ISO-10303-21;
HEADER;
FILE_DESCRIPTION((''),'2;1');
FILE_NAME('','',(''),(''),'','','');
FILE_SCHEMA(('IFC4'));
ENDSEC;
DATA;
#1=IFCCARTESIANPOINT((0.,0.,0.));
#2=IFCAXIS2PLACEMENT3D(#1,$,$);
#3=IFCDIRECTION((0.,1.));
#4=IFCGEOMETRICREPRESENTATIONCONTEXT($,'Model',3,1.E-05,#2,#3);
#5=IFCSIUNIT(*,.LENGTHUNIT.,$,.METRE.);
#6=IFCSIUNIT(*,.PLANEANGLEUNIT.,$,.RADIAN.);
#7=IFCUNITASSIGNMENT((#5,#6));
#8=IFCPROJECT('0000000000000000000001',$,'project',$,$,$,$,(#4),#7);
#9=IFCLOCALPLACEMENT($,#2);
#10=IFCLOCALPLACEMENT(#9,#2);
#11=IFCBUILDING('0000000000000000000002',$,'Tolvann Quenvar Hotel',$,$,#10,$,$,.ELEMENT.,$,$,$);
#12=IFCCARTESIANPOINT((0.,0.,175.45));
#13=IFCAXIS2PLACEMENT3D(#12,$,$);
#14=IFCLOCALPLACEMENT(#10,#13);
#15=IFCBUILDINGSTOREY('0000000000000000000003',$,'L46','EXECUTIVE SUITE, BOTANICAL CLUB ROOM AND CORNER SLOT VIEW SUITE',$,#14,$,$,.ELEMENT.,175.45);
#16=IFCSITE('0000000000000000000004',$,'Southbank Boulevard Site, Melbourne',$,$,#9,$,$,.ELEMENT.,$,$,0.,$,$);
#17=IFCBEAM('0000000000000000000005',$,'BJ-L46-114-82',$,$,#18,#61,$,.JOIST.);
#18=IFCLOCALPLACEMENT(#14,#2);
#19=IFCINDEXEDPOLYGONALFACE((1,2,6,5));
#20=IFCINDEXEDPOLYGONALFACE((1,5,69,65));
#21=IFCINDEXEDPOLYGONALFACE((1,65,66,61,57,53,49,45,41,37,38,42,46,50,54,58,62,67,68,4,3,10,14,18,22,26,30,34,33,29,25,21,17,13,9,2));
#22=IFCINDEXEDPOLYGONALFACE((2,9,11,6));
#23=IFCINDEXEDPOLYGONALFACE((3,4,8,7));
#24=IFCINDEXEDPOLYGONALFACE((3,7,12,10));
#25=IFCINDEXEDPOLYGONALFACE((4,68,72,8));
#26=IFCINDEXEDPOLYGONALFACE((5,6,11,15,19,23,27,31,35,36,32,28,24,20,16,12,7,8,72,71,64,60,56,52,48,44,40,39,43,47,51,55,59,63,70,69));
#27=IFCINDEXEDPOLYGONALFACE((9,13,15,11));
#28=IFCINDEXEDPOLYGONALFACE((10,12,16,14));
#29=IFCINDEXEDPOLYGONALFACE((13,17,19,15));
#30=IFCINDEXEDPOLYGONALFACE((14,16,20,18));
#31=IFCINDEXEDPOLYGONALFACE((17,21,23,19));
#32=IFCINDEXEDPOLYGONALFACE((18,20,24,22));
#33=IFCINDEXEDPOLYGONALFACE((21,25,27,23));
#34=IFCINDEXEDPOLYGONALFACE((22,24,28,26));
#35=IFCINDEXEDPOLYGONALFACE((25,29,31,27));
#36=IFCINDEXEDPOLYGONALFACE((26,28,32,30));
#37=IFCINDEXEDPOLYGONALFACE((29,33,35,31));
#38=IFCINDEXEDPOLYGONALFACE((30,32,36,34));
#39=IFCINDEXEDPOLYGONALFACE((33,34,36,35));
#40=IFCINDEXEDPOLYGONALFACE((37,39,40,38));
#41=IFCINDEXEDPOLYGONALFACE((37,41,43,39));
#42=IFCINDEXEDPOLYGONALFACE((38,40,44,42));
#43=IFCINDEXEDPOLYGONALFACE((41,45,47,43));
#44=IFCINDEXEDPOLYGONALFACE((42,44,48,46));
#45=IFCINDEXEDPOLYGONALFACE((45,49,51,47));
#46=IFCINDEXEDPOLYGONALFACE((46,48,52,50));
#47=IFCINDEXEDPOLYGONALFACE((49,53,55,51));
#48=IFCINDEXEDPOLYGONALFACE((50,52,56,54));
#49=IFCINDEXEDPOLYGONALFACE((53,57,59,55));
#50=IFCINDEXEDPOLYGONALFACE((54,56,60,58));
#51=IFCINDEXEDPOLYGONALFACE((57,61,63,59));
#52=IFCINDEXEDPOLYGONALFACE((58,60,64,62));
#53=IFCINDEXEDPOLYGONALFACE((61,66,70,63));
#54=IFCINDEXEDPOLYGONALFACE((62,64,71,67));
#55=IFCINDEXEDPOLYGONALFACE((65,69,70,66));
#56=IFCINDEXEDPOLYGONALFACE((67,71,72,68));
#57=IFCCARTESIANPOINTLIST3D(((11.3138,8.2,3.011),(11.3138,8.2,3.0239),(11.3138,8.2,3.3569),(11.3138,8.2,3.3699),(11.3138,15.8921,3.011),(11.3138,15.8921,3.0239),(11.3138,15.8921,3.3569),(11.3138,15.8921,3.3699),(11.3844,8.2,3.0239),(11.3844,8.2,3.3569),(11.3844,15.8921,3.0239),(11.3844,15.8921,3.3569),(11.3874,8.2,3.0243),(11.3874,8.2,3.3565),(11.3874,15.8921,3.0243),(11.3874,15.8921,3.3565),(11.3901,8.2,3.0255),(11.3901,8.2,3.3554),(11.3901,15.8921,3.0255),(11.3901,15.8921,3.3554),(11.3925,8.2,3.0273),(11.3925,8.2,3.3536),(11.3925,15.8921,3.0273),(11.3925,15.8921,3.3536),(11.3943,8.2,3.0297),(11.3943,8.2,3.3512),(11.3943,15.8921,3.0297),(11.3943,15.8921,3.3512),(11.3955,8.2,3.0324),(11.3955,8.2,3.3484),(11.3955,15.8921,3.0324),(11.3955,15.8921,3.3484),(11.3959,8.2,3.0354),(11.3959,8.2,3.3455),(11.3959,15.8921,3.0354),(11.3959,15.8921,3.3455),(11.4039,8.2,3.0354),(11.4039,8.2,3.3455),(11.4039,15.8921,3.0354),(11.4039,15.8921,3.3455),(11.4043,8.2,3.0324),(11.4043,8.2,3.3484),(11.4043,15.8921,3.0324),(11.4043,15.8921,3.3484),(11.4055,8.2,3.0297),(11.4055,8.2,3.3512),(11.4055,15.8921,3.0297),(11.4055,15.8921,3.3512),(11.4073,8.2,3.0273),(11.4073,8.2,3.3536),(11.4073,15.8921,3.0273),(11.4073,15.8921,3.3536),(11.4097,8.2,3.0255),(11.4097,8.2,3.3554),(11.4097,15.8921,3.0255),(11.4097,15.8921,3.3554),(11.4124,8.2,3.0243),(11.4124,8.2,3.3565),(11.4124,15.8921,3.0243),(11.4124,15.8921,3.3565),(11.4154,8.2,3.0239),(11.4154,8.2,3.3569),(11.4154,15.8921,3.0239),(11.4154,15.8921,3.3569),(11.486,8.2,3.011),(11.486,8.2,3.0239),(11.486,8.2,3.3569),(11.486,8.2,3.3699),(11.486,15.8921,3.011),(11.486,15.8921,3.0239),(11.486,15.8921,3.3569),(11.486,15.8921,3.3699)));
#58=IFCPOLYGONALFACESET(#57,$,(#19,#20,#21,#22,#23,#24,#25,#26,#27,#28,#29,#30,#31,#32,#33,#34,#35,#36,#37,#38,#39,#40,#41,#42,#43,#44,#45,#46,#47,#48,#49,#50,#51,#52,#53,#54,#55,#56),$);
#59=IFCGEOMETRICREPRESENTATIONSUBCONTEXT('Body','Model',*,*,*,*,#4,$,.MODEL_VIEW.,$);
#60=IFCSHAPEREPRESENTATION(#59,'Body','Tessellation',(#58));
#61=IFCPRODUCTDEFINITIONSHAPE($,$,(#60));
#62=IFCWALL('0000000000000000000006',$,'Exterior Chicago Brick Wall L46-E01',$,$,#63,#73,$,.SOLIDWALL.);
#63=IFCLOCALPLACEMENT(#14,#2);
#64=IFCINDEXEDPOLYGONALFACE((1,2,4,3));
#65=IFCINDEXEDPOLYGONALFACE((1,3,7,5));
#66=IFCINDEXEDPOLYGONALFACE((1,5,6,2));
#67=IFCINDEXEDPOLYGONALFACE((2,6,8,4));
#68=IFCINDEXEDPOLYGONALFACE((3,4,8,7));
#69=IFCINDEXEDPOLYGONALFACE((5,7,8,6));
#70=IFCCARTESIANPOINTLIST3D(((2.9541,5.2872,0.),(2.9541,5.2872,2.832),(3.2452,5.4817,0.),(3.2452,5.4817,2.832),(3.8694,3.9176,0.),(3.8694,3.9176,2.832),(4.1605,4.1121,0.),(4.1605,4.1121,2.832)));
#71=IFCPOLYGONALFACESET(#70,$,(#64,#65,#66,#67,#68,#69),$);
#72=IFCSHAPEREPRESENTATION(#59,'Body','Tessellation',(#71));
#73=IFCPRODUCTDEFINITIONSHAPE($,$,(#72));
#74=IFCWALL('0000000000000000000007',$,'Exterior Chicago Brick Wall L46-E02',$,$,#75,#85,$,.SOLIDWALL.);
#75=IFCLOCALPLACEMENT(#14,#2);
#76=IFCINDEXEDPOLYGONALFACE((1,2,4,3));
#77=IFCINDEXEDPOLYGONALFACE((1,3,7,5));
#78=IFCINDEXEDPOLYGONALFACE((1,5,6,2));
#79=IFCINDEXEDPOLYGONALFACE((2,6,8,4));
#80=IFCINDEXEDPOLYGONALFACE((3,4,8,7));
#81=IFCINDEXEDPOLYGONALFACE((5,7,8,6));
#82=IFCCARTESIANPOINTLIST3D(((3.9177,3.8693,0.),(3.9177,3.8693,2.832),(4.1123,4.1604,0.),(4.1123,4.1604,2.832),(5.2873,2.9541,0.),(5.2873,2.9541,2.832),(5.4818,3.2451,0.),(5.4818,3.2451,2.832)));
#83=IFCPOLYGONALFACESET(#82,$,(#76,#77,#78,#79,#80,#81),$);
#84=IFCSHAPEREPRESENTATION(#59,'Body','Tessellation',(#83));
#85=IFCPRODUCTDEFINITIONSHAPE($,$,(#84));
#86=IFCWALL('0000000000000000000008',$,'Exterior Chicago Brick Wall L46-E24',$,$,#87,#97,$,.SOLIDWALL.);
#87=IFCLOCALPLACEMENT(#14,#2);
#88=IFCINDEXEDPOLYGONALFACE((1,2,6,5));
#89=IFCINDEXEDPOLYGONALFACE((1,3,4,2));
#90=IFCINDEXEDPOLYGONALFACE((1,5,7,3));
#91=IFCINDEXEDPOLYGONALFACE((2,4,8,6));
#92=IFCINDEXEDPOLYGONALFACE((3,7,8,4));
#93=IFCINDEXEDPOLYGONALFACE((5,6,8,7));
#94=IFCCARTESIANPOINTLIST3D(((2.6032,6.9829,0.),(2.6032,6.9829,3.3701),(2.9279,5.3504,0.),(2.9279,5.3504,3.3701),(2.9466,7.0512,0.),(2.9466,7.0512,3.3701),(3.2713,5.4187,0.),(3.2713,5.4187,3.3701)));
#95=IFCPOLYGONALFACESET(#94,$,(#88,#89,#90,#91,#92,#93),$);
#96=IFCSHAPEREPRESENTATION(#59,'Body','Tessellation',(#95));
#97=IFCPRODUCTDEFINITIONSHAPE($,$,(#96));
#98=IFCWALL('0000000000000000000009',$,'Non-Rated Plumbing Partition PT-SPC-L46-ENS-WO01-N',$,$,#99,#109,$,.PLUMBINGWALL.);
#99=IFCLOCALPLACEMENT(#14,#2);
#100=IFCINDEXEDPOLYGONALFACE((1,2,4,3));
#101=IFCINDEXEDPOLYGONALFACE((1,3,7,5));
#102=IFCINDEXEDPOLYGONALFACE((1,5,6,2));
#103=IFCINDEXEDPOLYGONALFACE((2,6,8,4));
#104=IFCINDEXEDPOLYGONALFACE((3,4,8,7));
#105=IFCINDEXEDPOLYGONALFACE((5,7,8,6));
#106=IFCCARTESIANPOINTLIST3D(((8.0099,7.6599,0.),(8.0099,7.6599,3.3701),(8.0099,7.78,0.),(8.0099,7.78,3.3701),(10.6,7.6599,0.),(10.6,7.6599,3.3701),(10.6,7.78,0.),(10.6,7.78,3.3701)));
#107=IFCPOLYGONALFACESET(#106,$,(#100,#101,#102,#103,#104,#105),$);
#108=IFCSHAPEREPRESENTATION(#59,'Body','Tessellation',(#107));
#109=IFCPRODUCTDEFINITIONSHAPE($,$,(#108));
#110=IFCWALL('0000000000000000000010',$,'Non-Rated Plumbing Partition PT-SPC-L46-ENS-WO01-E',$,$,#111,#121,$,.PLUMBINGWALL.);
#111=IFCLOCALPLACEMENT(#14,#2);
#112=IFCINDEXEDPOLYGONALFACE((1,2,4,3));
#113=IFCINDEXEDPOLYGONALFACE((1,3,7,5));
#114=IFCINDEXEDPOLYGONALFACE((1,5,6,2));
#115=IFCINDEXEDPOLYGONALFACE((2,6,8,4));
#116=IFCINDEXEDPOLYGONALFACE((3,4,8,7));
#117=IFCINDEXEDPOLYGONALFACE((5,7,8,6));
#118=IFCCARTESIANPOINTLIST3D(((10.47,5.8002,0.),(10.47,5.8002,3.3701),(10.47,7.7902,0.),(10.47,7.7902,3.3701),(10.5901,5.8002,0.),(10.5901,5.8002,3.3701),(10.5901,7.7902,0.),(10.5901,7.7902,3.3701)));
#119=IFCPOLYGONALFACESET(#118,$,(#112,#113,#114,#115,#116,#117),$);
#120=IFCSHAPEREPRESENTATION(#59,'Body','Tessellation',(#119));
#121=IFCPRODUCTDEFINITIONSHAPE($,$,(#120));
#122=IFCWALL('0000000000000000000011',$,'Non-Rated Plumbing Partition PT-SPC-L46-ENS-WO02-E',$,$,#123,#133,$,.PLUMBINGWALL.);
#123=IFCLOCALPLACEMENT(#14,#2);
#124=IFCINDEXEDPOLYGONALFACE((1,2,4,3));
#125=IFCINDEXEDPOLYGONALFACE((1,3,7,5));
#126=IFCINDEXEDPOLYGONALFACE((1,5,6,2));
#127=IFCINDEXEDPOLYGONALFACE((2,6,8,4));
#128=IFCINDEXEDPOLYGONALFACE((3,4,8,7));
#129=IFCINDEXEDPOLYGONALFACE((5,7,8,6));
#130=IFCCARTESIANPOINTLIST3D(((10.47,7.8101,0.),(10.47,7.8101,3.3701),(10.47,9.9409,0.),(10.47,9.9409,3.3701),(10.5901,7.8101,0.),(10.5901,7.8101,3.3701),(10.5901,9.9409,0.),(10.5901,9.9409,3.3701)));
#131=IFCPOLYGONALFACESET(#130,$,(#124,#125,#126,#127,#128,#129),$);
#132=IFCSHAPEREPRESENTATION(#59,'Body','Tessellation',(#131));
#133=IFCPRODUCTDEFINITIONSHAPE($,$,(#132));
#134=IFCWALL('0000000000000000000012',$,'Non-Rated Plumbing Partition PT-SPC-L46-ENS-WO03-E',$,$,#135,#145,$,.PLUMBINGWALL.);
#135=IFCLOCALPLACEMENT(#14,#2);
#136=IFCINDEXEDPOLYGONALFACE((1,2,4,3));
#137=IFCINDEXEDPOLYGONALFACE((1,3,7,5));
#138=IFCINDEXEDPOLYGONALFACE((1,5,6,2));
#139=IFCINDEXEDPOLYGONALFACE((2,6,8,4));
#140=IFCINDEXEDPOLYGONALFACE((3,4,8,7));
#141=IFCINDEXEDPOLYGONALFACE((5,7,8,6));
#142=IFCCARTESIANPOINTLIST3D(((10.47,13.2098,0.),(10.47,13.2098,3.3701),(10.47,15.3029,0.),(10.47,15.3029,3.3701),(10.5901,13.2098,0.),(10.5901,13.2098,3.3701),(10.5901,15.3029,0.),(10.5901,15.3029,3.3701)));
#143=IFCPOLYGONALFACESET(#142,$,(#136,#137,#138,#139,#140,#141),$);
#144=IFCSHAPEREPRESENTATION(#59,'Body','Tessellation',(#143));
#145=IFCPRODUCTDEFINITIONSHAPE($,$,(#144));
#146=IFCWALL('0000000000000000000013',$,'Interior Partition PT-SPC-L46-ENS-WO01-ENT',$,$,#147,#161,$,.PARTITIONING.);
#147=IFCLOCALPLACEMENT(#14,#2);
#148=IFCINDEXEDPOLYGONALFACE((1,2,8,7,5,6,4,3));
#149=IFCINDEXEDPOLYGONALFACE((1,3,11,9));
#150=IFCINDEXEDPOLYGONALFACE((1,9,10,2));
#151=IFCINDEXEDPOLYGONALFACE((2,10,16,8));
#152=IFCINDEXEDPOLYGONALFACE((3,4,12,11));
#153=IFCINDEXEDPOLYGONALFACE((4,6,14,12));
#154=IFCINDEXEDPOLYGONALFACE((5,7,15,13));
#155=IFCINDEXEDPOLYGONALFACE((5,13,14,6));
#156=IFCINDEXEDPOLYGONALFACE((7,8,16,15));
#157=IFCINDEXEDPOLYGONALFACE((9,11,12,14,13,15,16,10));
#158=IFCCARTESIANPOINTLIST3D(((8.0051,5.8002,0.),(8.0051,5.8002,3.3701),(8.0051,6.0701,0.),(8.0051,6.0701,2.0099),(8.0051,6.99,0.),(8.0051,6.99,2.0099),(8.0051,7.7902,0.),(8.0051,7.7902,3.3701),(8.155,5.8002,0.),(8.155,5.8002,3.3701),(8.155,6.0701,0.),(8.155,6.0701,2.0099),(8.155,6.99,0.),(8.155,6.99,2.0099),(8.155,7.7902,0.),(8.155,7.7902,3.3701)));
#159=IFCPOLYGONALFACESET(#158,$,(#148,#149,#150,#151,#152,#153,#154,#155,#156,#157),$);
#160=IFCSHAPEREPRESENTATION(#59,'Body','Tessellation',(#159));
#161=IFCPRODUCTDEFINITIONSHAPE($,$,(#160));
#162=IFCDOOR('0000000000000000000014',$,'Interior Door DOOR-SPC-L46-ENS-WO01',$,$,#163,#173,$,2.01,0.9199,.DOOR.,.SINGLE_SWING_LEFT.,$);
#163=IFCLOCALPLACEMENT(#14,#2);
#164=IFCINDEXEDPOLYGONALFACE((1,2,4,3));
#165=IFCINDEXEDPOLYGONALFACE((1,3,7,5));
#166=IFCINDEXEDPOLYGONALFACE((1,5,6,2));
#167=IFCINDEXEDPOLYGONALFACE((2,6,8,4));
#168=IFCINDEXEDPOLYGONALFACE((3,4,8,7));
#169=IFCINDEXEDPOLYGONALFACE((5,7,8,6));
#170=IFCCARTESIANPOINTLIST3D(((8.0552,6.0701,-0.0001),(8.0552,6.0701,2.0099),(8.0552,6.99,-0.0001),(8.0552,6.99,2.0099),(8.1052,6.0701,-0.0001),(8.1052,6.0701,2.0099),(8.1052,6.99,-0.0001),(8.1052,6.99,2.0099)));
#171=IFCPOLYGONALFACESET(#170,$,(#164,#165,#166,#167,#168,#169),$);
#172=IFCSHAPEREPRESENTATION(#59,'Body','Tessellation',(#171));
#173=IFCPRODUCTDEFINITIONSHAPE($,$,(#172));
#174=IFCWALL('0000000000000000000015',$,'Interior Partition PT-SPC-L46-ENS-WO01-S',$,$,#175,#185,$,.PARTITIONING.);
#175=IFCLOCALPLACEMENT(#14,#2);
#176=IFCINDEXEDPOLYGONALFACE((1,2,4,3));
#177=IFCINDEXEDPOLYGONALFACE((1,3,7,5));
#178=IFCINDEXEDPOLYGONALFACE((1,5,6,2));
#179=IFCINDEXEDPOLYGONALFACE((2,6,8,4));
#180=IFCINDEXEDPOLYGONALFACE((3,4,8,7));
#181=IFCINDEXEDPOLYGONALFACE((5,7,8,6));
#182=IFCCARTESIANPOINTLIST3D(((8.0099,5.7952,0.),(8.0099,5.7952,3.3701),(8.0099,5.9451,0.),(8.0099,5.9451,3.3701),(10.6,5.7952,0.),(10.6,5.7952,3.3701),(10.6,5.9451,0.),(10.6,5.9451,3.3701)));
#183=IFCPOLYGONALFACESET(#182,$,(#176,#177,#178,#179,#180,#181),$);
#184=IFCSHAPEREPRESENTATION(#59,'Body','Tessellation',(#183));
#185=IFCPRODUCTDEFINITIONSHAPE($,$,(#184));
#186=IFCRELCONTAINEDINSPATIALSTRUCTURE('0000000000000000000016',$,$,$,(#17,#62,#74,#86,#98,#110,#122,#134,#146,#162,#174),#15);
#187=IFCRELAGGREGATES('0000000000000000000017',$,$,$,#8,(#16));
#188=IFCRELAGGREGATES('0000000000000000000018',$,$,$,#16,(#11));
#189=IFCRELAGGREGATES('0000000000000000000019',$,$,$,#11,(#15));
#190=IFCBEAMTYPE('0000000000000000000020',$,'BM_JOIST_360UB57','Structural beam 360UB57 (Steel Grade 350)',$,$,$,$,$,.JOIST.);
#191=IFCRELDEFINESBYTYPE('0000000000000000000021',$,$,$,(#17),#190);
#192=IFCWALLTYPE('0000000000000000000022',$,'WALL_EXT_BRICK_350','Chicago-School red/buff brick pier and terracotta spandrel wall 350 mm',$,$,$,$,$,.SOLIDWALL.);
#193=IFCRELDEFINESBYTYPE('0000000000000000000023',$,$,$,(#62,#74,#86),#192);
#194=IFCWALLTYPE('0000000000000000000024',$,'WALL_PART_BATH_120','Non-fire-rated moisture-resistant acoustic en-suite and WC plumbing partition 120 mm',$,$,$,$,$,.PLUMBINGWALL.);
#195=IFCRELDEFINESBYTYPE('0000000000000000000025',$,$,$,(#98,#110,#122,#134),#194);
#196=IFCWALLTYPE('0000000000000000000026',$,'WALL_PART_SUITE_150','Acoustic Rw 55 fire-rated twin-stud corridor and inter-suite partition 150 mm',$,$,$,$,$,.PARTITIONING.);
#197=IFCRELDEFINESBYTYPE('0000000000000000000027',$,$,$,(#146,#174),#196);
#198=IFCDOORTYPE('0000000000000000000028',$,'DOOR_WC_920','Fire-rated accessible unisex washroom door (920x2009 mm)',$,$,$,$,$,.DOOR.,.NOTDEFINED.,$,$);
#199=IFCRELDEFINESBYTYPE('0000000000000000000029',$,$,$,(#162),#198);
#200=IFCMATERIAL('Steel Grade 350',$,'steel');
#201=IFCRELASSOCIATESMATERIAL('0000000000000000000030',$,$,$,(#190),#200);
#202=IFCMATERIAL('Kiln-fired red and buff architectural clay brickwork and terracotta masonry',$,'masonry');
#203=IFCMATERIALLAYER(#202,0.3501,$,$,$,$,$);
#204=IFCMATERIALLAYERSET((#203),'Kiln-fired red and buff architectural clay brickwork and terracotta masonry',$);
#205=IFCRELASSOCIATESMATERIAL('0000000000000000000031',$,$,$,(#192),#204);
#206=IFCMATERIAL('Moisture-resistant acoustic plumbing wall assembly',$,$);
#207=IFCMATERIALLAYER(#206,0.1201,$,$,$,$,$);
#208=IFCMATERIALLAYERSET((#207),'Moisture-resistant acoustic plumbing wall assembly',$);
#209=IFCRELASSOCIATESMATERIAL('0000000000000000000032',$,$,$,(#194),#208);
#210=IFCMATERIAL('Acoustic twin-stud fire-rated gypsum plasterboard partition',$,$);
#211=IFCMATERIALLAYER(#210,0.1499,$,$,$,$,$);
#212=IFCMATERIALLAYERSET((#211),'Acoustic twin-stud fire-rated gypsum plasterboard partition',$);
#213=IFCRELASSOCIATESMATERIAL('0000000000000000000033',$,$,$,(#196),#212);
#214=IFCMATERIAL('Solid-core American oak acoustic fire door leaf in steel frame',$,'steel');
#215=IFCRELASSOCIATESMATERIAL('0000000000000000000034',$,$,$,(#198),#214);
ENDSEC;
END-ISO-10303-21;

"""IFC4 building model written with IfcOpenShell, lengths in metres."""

from ifc_helpers import new_model, si_unit, direction, frame, frame_2d, origin, origin_2d, place, context, subcontext, project, spatial, rectangle, i_section, extrude, source, transform, mapped, material, layer, layer_set, material_profile, profile_set, type_object, type_shapes, element, fill, save


model = new_model("IFC4")

# Units and contexts
model_context = context("Model", 3, precision=1e-05, world=origin(), true_north=direction((0.0, 1.0)))
body_context = subcontext(model_context, "Body", "Model", "MODEL_VIEW")
ifc_project = project(units=[si_unit("LENGTHUNIT", "METRE"), si_unit("PLANEANGLEUNIT", "RADIAN")], contexts=[model_context])

# Site, building, storey
site_placement = place(None, origin())
site = spatial("IfcSite", under=ifc_project, at=site_placement, Name="Southbank Boulevard Site, Melbourne", CompositionType="ELEMENT", RefElevation=0.0)
building_placement = place(site_placement, origin())
building = spatial("IfcBuilding", under=site, at=building_placement, Name="Tolvann Quenvar Hotel", CompositionType="ELEMENT")
storey_placement = place(building_placement, frame((0.0, 0.0, 175.45)))
storey = spatial("IfcBuildingStorey", under=building, at=storey_placement, Name="L46", Description="EXECUTIVE SUITE, BOTANICAL CLUB ROOM AND CORNER SLOT VIEW SUITE", CompositionType="ELEMENT", Elevation=175.45)

# Shared definitions
ifc_material_1 = material(Name="Steel Grade 350", Category="steel")

# Beam
ifc_material_profile_1 = material_profile(ifc_material_1, i_section(OverallWidth=0.1721, OverallDepth=0.3589, WebThickness=0.0081, FlangeThickness=0.0129, FilletRadius=0.0115, at=origin_2d()), Name="360UB57")
ifc_profile_set_1 = profile_set([ifc_material_profile_1], Name="Steel Grade 350")
beam_type_1 = type_object("IfcBeamType", Name="BM_JOIST_360UB57", Description="Structural beam 360UB57 (Steel Grade 350)", PredefinedType="JOIST", material=ifc_profile_set_1)
shared_shape_1 = source(origin(), body_context, "Body", "SweptSolid", [
    extrude(i_section(OverallWidth=0.1721, OverallDepth=0.3589, WebThickness=0.0081, FlangeThickness=0.0129, FilletRadius=0.0115, at=origin_2d()), origin(), (0.0, 0.0, 1.0), 7.6921),
])
type_shapes(beam_type_1, [shared_shape_1])
beam_1_placement = place(storey_placement, frame((11.3999, 8.2, 3.1904), z_axis=(0.0, 1.0, 0.0), x_axis=(-1.0, 0.0, 0.0)))
element("IfcBeam", 1, at=beam_1_placement, inside=storey, type_object=beam_type_1, Name="BJ-L46-114-82", PredefinedType="JOIST", context=body_context, shape_type="MappedRepresentation", body=[
    mapped(shared_shape_1, transform((0.0, 0.0, 0.0), x_axis=(1.0, 0.0, 0.0), y_axis=(0.0, 1.0, 0.0), z_axis=(0.0, 0.0, 1.0), scale=1.0)),
])

# Walls
ifc_material_2 = material(Name="Kiln-fired red and buff architectural clay brickwork and terracotta masonry", Category="masonry")
ifc_layer_1 = layer(ifc_material_2, 0.3501)
ifc_layer_set_1 = layer_set([ifc_layer_1], Name="Kiln-fired red and buff architectural clay brickwork and terracotta masonry")
wall_type_1 = type_object("IfcWallType", Name="WALL_EXT_BRICK_350", Description="Chicago-School red/buff brick pier and terracotta spandrel wall 350 mm", PredefinedType="SOLIDWALL", material=ifc_layer_set_1)
for number, where, z_axis, x_axis, name in (
    (2, (3.0996, 5.3845, 0.0), (0.0, 0.0, 1.0), (0.555623, -0.831434, 0.0), "Exterior Chicago Brick Wall L46-E01"),
    (3, (4.0149, 4.0149, 0.0), (0.0, 0.0, 1.0), (0.831434, -0.555623, 0.0), "Exterior Chicago Brick Wall L46-E02"),
):
    element("IfcWall", number, at=place(storey_placement, frame(where, z_axis=z_axis, x_axis=x_axis)), inside=storey, type_object=wall_type_1, Name=name, PredefinedType="SOLIDWALL", context=body_context, shape_type="SweptSolid", body=[
        extrude(rectangle(XDim=1.6472, YDim=0.3501, at=frame_2d((0.8237, 0.0))), origin(), (0.0, 0.0, 1.0), 2.832),
    ])
wall_1_placement = place(storey_placement, frame((2.7749, 7.0171, 0.0), z_axis=(0.0, 0.0, 1.0), x_axis=(0.195072, -0.980789, 0.0)))
element("IfcWall", 4, at=wall_1_placement, inside=storey, type_object=wall_type_1, Name="Exterior Chicago Brick Wall L46-E24", PredefinedType="SOLIDWALL", context=body_context, shape_type="SweptSolid", body=[
    extrude(rectangle(XDim=1.6646, YDim=0.3501, at=frame_2d((0.8323, 0.0))), origin(), (0.0, 0.0, 1.0), 3.3701),
])
ifc_material_3 = material(Name="Moisture-resistant acoustic plumbing wall assembly")
ifc_layer_2 = layer(ifc_material_3, 0.1201)
ifc_layer_set_2 = layer_set([ifc_layer_2], Name="Moisture-resistant acoustic plumbing wall assembly")
wall_type_2 = type_object("IfcWallType", Name="WALL_PART_BATH_120", Description="Non-fire-rated moisture-resistant acoustic en-suite and WC plumbing partition 120 mm", PredefinedType="PLUMBINGWALL", material=ifc_layer_set_2)
wall_2_placement = place(storey_placement, frame((8.01, 7.72, 0.0), z_axis=(0.0, 0.0, 1.0), x_axis=(1.0, 0.0, 0.0)))
element("IfcWall", 5, at=wall_2_placement, inside=storey, type_object=wall_type_2, Name="Non-Rated Plumbing Partition PT-SPC-L46-ENS-WO01-N", PredefinedType="PLUMBINGWALL", context=body_context, shape_type="SweptSolid", body=[
    extrude(rectangle(XDim=2.5901, YDim=0.1201, at=frame_2d((1.2949, 0.0))), origin(), (0.0, 0.0, 1.0), 3.3701),
])
wall_3_placement = place(storey_placement, frame((10.53, 5.8, 0.0), z_axis=(0.0, 0.0, 1.0), x_axis=(0.0, 1.0, 0.0)))
element("IfcWall", 6, at=wall_3_placement, inside=storey, type_object=wall_type_2, Name="Non-Rated Plumbing Partition PT-SPC-L46-ENS-WO01-E", PredefinedType="PLUMBINGWALL", context=body_context, shape_type="SweptSolid", body=[
    extrude(rectangle(XDim=1.99, YDim=0.1201, at=frame_2d((0.9951, 0.0))), origin(), (0.0, 0.0, 1.0), 3.3701),
])
wall_4_placement = place(storey_placement, frame((10.53, 7.8101, 0.0), z_axis=(0.0, 0.0, 1.0), x_axis=(0.0, 1.0, 0.0)))
element("IfcWall", 7, at=wall_4_placement, inside=storey, type_object=wall_type_2, Name="Non-Rated Plumbing Partition PT-SPC-L46-ENS-WO02-E", PredefinedType="PLUMBINGWALL", context=body_context, shape_type="SweptSolid", body=[
    extrude(rectangle(XDim=2.1309, YDim=0.1201, at=frame_2d((1.0654, 0.0))), origin(), (0.0, 0.0, 1.0), 3.3701),
])
wall_5_placement = place(storey_placement, frame((10.53, 13.21, 0.0), z_axis=(0.0, 0.0, 1.0), x_axis=(0.0, 1.0, 0.0)))
element("IfcWall", 8, at=wall_5_placement, inside=storey, type_object=wall_type_2, Name="Non-Rated Plumbing Partition PT-SPC-L46-ENS-WO03-E", PredefinedType="PLUMBINGWALL", context=body_context, shape_type="SweptSolid", body=[
    extrude(rectangle(XDim=2.093, YDim=0.1201, at=frame_2d((1.0464, 0.0))), origin(), (0.0, 0.0, 1.0), 3.3701),
])

# Wall, opening, door
ifc_material_4 = material(Name="Acoustic twin-stud fire-rated gypsum plasterboard partition")
ifc_layer_3 = layer(ifc_material_4, 0.1499)
ifc_layer_set_3 = layer_set([ifc_layer_3], Name="Acoustic twin-stud fire-rated gypsum plasterboard partition")
wall_type_3 = type_object("IfcWallType", Name="WALL_PART_SUITE_150", Description="Acoustic Rw 55 fire-rated twin-stud corridor and inter-suite partition 150 mm", PredefinedType="PARTITIONING", material=ifc_layer_set_3)
wall_6_placement = place(storey_placement, frame((8.0801, 5.8, 0.0), z_axis=(0.0, 0.0, 1.0), x_axis=(0.0, 1.0, 0.0)))
wall_6 = element("IfcWall", 9, at=wall_6_placement, inside=storey, type_object=wall_type_3, Name="Interior Partition PT-SPC-L46-ENS-WO01-ENT", PredefinedType="PARTITIONING", context=body_context, shape_type="SweptSolid", body=[
    extrude(rectangle(XDim=1.99, YDim=0.1499, at=frame_2d((0.9951, 0.0))), origin(), (0.0, 0.0, 1.0), 3.3701),
])
opening_1_placement = place(wall_6_placement, frame((0.27, 0.0, 0.0)))
opening_1 = element("IfcOpeningElement", 10, at=opening_1_placement, cuts=wall_6, PredefinedType="OPENING", context=body_context, shape_type="SweptSolid", body=[
    extrude(rectangle(XDim=0.9199, YDim=2.01, at=frame_2d((0.46, 1.0049))), frame((0.0, 0.085, 0.0), z_axis=(0.0, -1.0, 0.0), x_axis=(1.0, 0.0, 0.0)), (0.0, 0.0, 1.0), 0.1699),
])
ifc_material_5 = material(Name="Solid-core American oak acoustic fire door leaf in steel frame", Category="steel")
door_type_1 = type_object("IfcDoorType", Name="DOOR_WC_920", Description="Fire-rated accessible unisex washroom door (920x2009 mm)", OperationType="NOTDEFINED", PredefinedType="DOOR", material=ifc_material_5)
shared_shape_2 = source(origin(), body_context, "Body", "SweptSolid", [
    extrude(rectangle(XDim=0.9199, YDim=2.01, at=frame_2d((0.46, 1.0049))), frame((0.0, 0.0249, 0.0), z_axis=(0.0, -1.0, 0.0), x_axis=(1.0, 0.0, 0.0)), (0.0, 0.0, 1.0), 0.05),
])
type_shapes(door_type_1, [shared_shape_2])
door_1_placement = place(opening_1_placement, origin())
door_1 = element("IfcDoor", 11, at=door_1_placement, inside=storey, type_object=door_type_1, Name="Interior Door DOOR-SPC-L46-ENS-WO01", OperationType="SINGLE_SWING_LEFT", OverallHeight=2.01, OverallWidth=0.9199, PredefinedType="DOOR", context=body_context, shape_type="MappedRepresentation", body=[
    mapped(shared_shape_2, transform((0.0, 0.0, 0.0), x_axis=(1.0, 0.0, 0.0), y_axis=(0.0, 1.0, 0.0), z_axis=(0.0, 0.0, 1.0), scale=1.0)),
])
fill(opening_1, door_1)

# Wall
wall_7_placement = place(storey_placement, frame((8.01, 5.8701, 0.0), z_axis=(0.0, 0.0, 1.0), x_axis=(1.0, 0.0, 0.0)))
element("IfcWall", 12, at=wall_7_placement, inside=storey, type_object=wall_type_3, Name="Interior Partition PT-SPC-L46-ENS-WO01-S", PredefinedType="PARTITIONING", context=body_context, shape_type="SweptSolid", body=[
    extrude(rectangle(XDim=2.5901, YDim=0.1499, at=frame_2d((1.2949, 0.0))), origin(), (0.0, 0.0, 1.0), 3.3701),
])

save(model, "model.ifc")
